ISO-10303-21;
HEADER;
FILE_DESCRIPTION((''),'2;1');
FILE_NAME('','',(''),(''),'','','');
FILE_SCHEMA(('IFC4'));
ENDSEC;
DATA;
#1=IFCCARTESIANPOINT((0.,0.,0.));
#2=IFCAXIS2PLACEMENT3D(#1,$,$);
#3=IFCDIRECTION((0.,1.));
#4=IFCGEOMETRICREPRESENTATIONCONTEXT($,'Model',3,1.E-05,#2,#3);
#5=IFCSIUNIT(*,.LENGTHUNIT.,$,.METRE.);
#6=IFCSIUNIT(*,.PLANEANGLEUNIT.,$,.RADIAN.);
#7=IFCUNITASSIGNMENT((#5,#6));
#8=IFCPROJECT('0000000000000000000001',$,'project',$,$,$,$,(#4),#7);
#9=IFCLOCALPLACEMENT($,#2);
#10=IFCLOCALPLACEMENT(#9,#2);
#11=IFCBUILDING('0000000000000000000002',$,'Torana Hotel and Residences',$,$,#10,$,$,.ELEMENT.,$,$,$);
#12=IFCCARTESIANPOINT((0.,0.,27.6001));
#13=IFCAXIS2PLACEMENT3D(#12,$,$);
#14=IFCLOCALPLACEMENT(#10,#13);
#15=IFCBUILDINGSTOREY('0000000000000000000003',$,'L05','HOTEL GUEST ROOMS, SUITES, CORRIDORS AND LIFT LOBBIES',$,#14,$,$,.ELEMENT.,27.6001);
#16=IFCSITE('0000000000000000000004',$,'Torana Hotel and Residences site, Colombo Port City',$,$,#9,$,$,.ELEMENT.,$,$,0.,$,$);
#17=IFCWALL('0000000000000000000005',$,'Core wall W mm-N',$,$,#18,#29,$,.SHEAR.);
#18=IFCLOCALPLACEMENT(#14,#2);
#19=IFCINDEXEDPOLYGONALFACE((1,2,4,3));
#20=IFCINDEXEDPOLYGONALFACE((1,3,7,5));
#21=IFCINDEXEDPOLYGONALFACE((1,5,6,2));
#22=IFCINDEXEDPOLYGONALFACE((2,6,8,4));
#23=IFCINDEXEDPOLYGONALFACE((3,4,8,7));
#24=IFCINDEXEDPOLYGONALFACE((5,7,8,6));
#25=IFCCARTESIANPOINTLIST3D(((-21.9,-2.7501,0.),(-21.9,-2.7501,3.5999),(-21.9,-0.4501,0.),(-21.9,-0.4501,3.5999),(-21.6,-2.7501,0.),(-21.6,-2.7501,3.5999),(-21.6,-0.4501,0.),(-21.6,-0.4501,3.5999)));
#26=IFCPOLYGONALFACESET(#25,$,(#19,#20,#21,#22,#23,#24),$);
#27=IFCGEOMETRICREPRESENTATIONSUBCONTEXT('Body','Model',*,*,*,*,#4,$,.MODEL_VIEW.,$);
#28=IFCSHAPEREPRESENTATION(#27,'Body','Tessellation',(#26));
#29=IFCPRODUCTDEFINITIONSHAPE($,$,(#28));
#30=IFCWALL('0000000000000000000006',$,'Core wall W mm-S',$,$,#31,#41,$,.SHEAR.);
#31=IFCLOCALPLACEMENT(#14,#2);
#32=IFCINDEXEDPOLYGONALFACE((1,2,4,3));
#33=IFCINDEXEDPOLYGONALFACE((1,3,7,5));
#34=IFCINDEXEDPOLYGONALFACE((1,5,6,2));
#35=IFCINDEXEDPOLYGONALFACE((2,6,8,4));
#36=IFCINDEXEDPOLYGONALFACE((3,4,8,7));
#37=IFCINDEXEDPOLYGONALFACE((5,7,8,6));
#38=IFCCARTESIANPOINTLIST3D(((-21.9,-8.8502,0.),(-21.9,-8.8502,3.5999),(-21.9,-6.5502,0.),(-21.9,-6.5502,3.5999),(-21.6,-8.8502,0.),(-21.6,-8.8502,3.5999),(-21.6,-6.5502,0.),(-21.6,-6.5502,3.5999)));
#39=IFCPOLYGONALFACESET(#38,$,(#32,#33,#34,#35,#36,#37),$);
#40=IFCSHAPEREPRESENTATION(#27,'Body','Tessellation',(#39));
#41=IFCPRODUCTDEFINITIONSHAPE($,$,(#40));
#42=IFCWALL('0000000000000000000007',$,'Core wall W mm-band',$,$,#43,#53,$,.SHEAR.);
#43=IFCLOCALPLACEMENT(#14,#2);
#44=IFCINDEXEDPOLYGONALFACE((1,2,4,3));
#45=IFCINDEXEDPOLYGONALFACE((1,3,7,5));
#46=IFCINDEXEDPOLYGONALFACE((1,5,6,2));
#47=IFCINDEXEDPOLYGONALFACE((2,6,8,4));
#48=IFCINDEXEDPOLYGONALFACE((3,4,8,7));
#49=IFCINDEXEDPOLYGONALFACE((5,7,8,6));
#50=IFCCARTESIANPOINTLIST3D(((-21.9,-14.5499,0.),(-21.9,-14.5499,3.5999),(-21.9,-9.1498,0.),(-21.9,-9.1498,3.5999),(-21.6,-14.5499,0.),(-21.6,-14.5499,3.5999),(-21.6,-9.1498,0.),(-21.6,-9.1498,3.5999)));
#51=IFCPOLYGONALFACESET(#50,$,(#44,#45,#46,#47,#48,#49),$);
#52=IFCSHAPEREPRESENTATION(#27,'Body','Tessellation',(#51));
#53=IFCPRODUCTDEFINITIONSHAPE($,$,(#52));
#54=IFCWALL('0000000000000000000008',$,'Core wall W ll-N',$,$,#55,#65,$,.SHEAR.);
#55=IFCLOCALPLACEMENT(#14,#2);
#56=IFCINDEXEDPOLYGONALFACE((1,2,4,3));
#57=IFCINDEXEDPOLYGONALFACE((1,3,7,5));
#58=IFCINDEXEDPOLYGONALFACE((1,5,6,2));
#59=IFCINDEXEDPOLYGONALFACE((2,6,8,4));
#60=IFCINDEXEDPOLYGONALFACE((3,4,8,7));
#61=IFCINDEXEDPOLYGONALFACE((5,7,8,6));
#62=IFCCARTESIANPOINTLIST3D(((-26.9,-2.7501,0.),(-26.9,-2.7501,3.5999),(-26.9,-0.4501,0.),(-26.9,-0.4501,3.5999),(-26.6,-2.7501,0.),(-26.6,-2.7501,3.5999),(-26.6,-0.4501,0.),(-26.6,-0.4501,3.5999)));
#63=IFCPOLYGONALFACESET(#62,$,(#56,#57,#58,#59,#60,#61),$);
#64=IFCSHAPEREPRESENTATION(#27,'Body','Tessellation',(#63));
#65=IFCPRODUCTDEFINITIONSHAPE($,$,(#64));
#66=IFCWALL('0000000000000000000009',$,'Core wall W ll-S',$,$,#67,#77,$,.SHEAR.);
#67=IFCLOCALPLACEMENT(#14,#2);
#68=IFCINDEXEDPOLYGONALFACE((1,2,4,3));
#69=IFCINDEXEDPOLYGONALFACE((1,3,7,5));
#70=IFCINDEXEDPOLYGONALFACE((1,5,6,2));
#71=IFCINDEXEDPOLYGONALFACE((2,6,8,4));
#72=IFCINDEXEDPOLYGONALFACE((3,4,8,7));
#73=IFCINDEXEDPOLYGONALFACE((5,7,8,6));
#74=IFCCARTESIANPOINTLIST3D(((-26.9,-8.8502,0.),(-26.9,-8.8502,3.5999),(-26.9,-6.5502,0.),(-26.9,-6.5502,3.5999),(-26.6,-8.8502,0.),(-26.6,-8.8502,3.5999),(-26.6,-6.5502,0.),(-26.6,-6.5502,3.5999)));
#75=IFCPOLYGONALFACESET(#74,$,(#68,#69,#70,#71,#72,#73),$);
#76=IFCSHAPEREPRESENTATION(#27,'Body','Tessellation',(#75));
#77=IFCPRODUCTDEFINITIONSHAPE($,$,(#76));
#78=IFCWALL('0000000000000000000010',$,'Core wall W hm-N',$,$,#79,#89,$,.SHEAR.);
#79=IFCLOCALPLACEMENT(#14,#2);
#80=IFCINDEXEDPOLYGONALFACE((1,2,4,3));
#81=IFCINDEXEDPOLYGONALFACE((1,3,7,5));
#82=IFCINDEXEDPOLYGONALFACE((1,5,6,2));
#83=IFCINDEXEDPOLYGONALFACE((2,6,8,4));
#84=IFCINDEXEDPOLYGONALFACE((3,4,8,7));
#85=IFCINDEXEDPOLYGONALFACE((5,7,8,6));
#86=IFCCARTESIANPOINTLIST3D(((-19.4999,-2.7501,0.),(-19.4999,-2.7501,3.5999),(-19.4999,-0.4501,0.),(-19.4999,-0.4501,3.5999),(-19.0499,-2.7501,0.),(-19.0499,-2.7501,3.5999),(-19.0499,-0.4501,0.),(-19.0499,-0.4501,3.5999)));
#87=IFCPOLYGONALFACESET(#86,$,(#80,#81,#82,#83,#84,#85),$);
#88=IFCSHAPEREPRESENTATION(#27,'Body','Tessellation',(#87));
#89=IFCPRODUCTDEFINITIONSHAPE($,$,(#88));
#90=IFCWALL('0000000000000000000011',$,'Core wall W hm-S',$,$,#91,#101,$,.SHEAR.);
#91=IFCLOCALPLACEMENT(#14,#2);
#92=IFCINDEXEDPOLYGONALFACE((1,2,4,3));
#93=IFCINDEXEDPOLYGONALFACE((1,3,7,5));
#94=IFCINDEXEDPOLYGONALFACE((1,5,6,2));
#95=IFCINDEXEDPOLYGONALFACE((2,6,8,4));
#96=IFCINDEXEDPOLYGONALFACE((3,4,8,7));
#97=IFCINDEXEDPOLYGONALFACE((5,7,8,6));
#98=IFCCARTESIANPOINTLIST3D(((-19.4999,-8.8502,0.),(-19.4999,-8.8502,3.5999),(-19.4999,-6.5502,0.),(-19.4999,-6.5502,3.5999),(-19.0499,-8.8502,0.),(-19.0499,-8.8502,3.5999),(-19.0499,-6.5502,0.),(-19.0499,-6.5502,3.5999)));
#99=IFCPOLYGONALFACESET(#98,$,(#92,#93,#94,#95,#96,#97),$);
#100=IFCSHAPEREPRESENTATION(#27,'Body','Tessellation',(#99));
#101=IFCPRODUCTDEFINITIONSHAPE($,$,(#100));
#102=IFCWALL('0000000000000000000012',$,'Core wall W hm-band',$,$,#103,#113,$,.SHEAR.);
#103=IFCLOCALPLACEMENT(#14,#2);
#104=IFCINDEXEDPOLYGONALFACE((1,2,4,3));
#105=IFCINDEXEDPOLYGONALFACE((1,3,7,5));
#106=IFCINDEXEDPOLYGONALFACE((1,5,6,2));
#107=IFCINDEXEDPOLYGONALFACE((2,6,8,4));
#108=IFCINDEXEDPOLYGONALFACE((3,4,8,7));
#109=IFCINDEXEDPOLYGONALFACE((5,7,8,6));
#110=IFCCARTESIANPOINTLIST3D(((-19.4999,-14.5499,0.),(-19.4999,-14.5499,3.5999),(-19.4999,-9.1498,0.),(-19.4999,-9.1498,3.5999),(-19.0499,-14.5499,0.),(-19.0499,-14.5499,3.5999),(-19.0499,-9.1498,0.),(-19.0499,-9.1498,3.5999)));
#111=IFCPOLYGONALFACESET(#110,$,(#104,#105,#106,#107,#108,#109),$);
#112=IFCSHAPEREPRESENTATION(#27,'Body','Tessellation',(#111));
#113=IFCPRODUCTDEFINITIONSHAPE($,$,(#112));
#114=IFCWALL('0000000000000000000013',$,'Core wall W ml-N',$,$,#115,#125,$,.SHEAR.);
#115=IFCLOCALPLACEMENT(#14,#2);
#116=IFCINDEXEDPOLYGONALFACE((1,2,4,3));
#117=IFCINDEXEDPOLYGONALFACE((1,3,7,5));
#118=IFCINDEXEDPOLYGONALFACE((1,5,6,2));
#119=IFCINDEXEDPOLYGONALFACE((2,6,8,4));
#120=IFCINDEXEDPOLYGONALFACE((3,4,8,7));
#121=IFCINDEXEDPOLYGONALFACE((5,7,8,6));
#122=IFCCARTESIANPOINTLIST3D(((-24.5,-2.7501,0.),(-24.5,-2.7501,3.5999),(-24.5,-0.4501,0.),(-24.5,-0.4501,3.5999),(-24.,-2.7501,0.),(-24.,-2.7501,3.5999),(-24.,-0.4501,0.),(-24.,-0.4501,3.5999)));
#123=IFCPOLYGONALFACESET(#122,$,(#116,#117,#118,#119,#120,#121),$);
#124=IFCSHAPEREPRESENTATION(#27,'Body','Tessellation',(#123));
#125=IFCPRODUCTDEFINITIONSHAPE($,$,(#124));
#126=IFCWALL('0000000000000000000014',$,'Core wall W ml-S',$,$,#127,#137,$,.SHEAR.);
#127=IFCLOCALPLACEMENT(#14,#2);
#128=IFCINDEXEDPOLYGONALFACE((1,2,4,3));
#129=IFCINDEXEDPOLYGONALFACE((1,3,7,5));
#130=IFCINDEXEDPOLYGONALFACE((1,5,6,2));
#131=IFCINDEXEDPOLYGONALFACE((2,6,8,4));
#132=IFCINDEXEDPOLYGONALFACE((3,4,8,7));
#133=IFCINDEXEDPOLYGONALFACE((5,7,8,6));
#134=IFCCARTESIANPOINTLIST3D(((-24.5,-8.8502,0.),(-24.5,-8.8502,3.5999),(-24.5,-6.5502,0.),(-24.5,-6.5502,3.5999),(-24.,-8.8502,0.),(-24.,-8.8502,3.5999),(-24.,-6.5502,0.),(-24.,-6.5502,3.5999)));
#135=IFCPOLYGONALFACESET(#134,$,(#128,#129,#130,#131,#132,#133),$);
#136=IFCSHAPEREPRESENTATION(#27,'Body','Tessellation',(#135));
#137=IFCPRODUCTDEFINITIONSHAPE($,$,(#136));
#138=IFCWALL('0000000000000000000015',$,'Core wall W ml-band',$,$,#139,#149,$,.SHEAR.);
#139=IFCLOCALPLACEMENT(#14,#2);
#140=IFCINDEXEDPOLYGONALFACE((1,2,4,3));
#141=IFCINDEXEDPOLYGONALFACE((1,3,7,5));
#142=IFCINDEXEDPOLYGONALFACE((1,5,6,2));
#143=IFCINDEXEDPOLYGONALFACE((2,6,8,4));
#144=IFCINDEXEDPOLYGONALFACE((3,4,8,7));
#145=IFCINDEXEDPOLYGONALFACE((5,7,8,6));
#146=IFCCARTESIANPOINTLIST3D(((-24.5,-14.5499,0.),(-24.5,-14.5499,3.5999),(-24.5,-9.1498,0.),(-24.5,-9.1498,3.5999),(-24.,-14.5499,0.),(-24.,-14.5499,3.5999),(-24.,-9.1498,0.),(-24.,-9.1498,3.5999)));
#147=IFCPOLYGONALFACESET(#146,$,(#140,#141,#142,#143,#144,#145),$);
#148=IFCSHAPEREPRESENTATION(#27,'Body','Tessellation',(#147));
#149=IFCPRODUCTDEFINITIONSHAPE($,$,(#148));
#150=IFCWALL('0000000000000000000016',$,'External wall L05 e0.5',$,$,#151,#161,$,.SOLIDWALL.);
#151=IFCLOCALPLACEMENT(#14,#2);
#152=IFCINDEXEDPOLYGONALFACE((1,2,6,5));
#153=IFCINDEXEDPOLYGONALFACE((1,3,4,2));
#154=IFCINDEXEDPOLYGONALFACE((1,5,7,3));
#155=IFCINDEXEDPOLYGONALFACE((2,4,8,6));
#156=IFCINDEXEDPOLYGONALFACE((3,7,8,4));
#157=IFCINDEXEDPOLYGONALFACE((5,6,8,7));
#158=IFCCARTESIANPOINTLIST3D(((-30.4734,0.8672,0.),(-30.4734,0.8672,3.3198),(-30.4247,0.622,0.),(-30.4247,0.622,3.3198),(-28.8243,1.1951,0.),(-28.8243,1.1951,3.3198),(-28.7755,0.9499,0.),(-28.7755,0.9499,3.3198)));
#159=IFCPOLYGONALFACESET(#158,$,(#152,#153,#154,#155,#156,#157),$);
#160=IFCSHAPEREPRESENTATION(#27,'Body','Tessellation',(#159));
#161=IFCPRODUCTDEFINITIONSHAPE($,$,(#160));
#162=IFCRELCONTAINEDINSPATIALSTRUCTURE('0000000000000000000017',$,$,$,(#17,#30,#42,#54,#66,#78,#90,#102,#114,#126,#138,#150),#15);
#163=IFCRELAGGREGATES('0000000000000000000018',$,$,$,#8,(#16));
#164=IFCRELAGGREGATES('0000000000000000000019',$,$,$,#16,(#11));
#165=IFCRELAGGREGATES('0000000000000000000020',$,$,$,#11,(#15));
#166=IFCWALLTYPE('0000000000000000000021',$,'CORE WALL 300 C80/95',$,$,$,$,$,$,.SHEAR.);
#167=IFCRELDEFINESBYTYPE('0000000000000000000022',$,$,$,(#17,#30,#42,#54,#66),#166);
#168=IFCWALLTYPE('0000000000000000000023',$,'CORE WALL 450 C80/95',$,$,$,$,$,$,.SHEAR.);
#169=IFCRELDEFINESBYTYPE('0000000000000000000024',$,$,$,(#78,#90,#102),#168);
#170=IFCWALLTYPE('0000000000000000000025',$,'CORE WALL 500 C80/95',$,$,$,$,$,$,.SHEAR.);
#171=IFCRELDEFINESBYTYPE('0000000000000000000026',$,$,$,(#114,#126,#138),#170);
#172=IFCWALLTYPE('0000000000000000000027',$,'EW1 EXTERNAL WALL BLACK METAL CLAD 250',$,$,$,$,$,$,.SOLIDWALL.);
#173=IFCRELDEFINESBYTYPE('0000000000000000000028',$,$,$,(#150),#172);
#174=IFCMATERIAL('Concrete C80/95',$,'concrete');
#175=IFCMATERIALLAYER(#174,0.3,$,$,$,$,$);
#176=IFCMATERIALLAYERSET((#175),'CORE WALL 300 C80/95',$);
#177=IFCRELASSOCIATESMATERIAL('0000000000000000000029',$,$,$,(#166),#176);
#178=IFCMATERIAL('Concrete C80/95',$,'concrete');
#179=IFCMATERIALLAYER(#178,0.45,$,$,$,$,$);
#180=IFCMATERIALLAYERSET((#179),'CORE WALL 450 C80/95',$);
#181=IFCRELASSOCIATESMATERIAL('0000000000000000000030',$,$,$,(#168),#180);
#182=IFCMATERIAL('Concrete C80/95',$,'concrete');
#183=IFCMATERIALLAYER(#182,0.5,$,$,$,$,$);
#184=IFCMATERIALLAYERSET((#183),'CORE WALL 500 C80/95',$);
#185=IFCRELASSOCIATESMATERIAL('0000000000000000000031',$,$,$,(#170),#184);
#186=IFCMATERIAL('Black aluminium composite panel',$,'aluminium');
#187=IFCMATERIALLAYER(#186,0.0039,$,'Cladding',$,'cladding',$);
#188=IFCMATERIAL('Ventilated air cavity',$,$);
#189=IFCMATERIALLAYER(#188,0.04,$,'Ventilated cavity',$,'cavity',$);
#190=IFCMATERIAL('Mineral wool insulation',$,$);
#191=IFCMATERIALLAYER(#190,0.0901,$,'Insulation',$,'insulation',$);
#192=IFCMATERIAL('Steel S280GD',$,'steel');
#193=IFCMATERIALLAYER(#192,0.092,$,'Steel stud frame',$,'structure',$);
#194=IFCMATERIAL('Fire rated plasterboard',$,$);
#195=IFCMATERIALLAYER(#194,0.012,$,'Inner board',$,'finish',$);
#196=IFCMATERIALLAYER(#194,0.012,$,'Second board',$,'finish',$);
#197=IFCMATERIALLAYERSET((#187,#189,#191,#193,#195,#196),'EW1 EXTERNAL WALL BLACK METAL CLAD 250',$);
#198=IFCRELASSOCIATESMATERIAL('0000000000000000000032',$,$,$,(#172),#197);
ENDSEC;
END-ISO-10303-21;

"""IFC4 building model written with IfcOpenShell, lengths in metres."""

from ifc_helpers import new_model, si_unit, direction, frame, frame_2d, origin, place, context, subcontext, project, spatial, rectangle, extrude, material, layer, layer_set, type_object, element, save


model = new_model("IFC4")

# Units and contexts
model_context = context("Model", 3, precision=1e-05, world=origin(), true_north=direction((0.0, 1.0)))
body_context = subcontext(model_context, "Body", "Model", "MODEL_VIEW")
ifc_project = project(units=[si_unit("LENGTHUNIT", "METRE"), si_unit("PLANEANGLEUNIT", "RADIAN")], contexts=[model_context])

# Site, building, storey
site_placement = place(None, origin())
site = spatial("IfcSite", under=ifc_project, at=site_placement, Name="Torana Hotel and Residences site, Colombo Port City", CompositionType="ELEMENT", RefElevation=0.0)
building_placement = place(site_placement, origin())
building = spatial("IfcBuilding", under=site, at=building_placement, Name="Torana Hotel and Residences", CompositionType="ELEMENT")
storey_placement = place(building_placement, frame((0.0, 0.0, 27.6001)))
storey = spatial("IfcBuildingStorey", under=building, at=storey_placement, Name="L05", Description="HOTEL GUEST ROOMS, SUITES, CORRIDORS AND LIFT LOBBIES", CompositionType="ELEMENT", Elevation=27.6001)

# Walls
ifc_material_1 = material(Name="Concrete C80/95", Category="concrete")
ifc_layer_1 = layer(ifc_material_1, 0.3)
ifc_layer_set_1 = layer_set([ifc_layer_1], Name="CORE WALL 300 C80/95")
wall_type_1 = type_object("IfcWallType", Name="CORE WALL 300 C80/95", PredefinedType="SHEAR", material=ifc_layer_set_1)
for number, where, z_axis, x_axis, name in (
    (1, (-21.75, -2.75, 0.0), (0.0, 0.0, 1.0), (0.0, 1.0, 0.0), "Core wall W mm-N"),
    (2, (-21.75, -8.8501, 0.0), (0.0, 0.0, 1.0), (0.0, 1.0, 0.0), "Core wall W mm-S"),
):
    element("IfcWall", number, at=place(storey_placement, frame(where, z_axis=z_axis, x_axis=x_axis)), inside=storey, type_object=wall_type_1, Name=name, PredefinedType="SHEAR", context=body_context, shape_type="SweptSolid", body=[
        extrude(rectangle(XDim=2.3, YDim=0.3, at=frame_2d((1.1499, 0.0))), origin(), (0.0, 0.0, 1.0), 3.5999),
    ])
wall_1_placement = place(storey_placement, frame((-21.75, -14.55, 0.0), z_axis=(0.0, 0.0, 1.0), x_axis=(0.0, 1.0, 0.0)))
element("IfcWall", 3, at=wall_1_placement, inside=storey, type_object=wall_type_1, Name="Core wall W mm-band", PredefinedType="SHEAR", context=body_context, shape_type="SweptSolid", body=[
    extrude(rectangle(XDim=5.4001, YDim=0.3, at=frame_2d((2.7002, 0.0))), origin(), (0.0, 0.0, 1.0), 3.5999),
])
for number, where, z_axis, x_axis, name in (
    (4, (-26.75, -2.75, 0.0), (0.0, 0.0, 1.0), (0.0, 1.0, 0.0), "Core wall W ll-N"),
    (5, (-26.75, -8.8501, 0.0), (0.0, 0.0, 1.0), (0.0, 1.0, 0.0), "Core wall W ll-S"),
):
    element("IfcWall", number, at=place(storey_placement, frame(where, z_axis=z_axis, x_axis=x_axis)), inside=storey, type_object=wall_type_1, Name=name, PredefinedType="SHEAR", context=body_context, shape_type="SweptSolid", body=[
        extrude(rectangle(XDim=2.3, YDim=0.3, at=frame_2d((1.1499, 0.0))), origin(), (0.0, 0.0, 1.0), 3.5999),
    ])
ifc_material_2 = material(Name="Concrete C80/95", Category="concrete")
ifc_layer_2 = layer(ifc_material_2, 0.45)
ifc_layer_set_2 = layer_set([ifc_layer_2], Name="CORE WALL 450 C80/95")
wall_type_2 = type_object("IfcWallType", Name="CORE WALL 450 C80/95", PredefinedType="SHEAR", material=ifc_layer_set_2)
for number, where, z_axis, x_axis, name in (
    (6, (-19.2749, -2.75, 0.0), (0.0, 0.0, 1.0), (0.0, 1.0, 0.0), "Core wall W hm-N"),
    (7, (-19.2749, -8.8501, 0.0), (0.0, 0.0, 1.0), (0.0, 1.0, 0.0), "Core wall W hm-S"),
):
    element("IfcWall", number, at=place(storey_placement, frame(where, z_axis=z_axis, x_axis=x_axis)), inside=storey, type_object=wall_type_2, Name=name, PredefinedType="SHEAR", context=body_context, shape_type="SweptSolid", body=[
        extrude(rectangle(XDim=2.3, YDim=0.45, at=frame_2d((1.1499, 0.0))), origin(), (0.0, 0.0, 1.0), 3.5999),
    ])
wall_2_placement = place(storey_placement, frame((-19.2749, -14.55, 0.0), z_axis=(0.0, 0.0, 1.0), x_axis=(0.0, 1.0, 0.0)))
element("IfcWall", 8, at=wall_2_placement, inside=storey, type_object=wall_type_2, Name="Core wall W hm-band", PredefinedType="SHEAR", context=body_context, shape_type="SweptSolid", body=[
    extrude(rectangle(XDim=5.4001, YDim=0.45, at=frame_2d((2.7002, 0.0))), origin(), (0.0, 0.0, 1.0), 3.5999),
])
ifc_material_3 = material(Name="Concrete C80/95", Category="concrete")
ifc_layer_3 = layer(ifc_material_3, 0.5)
ifc_layer_set_3 = layer_set([ifc_layer_3], Name="CORE WALL 500 C80/95")
wall_type_3 = type_object("IfcWallType", Name="CORE WALL 500 C80/95", PredefinedType="SHEAR", material=ifc_layer_set_3)
for number, where, z_axis, x_axis, name in (
    (9, (-24.25, -2.75, 0.0), (0.0, 0.0, 1.0), (0.0, 1.0, 0.0), "Core wall W ml-N"),
    (10, (-24.25, -8.8501, 0.0), (0.0, 0.0, 1.0), (0.0, 1.0, 0.0), "Core wall W ml-S"),
):
    element("IfcWall", number, at=place(storey_placement, frame(where, z_axis=z_axis, x_axis=x_axis)), inside=storey, type_object=wall_type_3, Name=name, PredefinedType="SHEAR", context=body_context, shape_type="SweptSolid", body=[
        extrude(rectangle(XDim=2.3, YDim=0.5, at=frame_2d((1.1499, 0.0))), origin(), (0.0, 0.0, 1.0), 3.5999),
    ])
wall_3_placement = place(storey_placement, frame((-24.25, -14.55, 0.0), z_axis=(0.0, 0.0, 1.0), x_axis=(0.0, 1.0, 0.0)))
element("IfcWall", 11, at=wall_3_placement, inside=storey, type_object=wall_type_3, Name="Core wall W ml-band", PredefinedType="SHEAR", context=body_context, shape_type="SweptSolid", body=[
    extrude(rectangle(XDim=5.4001, YDim=0.5, at=frame_2d((2.7002, 0.0))), origin(), (0.0, 0.0, 1.0), 3.5999),
])
ifc_material_4 = material(Name="Black aluminium composite panel", Category="aluminium")
ifc_layer_4 = layer(ifc_material_4, 0.0039, Name="Cladding", Category="cladding")
ifc_material_5 = material(Name="Ventilated air cavity")
ifc_layer_5 = layer(ifc_material_5, 0.04, Name="Ventilated cavity", Category="cavity")
ifc_material_6 = material(Name="Mineral wool insulation")
ifc_layer_6 = layer(ifc_material_6, 0.0901, Name="Insulation", Category="insulation")
ifc_material_7 = material(Name="Steel S280GD", Category="steel")
ifc_layer_7 = layer(ifc_material_7, 0.092, Name="Steel stud frame", Category="structure")
ifc_material_8 = material(Name="Fire rated plasterboard")
ifc_layer_8 = layer(ifc_material_8, 0.012, Name="Inner board", Category="finish")
ifc_layer_9 = layer(ifc_material_8, 0.012, Name="Second board", Category="finish")
ifc_layer_set_4 = layer_set([ifc_layer_4, ifc_layer_5, ifc_layer_6, ifc_layer_7, ifc_layer_8, ifc_layer_9], Name="EW1 EXTERNAL WALL BLACK METAL CLAD 250")
wall_type_4 = type_object("IfcWallType", Name="EW1 EXTERNAL WALL BLACK METAL CLAD 250", PredefinedType="SOLIDWALL", material=ifc_layer_set_4)
wall_4_placement = place(storey_placement, frame((-28.7998, 1.0725, 0.0), z_axis=(0.0, 0.0, 1.0), x_axis=(-0.980803, -0.194999, 0.0)))
element("IfcWall", 12, at=wall_4_placement, inside=storey, type_object=wall_type_4, Name="External wall L05 e0.5", PredefinedType="SOLIDWALL", context=body_context, shape_type="SweptSolid", body=[
    extrude(rectangle(XDim=1.6814, YDim=0.25, at=frame_2d((0.8408, 0.0))), origin(), (0.0, 0.0, 1.0), 3.3198),
])

save(model, "model.ifc")
